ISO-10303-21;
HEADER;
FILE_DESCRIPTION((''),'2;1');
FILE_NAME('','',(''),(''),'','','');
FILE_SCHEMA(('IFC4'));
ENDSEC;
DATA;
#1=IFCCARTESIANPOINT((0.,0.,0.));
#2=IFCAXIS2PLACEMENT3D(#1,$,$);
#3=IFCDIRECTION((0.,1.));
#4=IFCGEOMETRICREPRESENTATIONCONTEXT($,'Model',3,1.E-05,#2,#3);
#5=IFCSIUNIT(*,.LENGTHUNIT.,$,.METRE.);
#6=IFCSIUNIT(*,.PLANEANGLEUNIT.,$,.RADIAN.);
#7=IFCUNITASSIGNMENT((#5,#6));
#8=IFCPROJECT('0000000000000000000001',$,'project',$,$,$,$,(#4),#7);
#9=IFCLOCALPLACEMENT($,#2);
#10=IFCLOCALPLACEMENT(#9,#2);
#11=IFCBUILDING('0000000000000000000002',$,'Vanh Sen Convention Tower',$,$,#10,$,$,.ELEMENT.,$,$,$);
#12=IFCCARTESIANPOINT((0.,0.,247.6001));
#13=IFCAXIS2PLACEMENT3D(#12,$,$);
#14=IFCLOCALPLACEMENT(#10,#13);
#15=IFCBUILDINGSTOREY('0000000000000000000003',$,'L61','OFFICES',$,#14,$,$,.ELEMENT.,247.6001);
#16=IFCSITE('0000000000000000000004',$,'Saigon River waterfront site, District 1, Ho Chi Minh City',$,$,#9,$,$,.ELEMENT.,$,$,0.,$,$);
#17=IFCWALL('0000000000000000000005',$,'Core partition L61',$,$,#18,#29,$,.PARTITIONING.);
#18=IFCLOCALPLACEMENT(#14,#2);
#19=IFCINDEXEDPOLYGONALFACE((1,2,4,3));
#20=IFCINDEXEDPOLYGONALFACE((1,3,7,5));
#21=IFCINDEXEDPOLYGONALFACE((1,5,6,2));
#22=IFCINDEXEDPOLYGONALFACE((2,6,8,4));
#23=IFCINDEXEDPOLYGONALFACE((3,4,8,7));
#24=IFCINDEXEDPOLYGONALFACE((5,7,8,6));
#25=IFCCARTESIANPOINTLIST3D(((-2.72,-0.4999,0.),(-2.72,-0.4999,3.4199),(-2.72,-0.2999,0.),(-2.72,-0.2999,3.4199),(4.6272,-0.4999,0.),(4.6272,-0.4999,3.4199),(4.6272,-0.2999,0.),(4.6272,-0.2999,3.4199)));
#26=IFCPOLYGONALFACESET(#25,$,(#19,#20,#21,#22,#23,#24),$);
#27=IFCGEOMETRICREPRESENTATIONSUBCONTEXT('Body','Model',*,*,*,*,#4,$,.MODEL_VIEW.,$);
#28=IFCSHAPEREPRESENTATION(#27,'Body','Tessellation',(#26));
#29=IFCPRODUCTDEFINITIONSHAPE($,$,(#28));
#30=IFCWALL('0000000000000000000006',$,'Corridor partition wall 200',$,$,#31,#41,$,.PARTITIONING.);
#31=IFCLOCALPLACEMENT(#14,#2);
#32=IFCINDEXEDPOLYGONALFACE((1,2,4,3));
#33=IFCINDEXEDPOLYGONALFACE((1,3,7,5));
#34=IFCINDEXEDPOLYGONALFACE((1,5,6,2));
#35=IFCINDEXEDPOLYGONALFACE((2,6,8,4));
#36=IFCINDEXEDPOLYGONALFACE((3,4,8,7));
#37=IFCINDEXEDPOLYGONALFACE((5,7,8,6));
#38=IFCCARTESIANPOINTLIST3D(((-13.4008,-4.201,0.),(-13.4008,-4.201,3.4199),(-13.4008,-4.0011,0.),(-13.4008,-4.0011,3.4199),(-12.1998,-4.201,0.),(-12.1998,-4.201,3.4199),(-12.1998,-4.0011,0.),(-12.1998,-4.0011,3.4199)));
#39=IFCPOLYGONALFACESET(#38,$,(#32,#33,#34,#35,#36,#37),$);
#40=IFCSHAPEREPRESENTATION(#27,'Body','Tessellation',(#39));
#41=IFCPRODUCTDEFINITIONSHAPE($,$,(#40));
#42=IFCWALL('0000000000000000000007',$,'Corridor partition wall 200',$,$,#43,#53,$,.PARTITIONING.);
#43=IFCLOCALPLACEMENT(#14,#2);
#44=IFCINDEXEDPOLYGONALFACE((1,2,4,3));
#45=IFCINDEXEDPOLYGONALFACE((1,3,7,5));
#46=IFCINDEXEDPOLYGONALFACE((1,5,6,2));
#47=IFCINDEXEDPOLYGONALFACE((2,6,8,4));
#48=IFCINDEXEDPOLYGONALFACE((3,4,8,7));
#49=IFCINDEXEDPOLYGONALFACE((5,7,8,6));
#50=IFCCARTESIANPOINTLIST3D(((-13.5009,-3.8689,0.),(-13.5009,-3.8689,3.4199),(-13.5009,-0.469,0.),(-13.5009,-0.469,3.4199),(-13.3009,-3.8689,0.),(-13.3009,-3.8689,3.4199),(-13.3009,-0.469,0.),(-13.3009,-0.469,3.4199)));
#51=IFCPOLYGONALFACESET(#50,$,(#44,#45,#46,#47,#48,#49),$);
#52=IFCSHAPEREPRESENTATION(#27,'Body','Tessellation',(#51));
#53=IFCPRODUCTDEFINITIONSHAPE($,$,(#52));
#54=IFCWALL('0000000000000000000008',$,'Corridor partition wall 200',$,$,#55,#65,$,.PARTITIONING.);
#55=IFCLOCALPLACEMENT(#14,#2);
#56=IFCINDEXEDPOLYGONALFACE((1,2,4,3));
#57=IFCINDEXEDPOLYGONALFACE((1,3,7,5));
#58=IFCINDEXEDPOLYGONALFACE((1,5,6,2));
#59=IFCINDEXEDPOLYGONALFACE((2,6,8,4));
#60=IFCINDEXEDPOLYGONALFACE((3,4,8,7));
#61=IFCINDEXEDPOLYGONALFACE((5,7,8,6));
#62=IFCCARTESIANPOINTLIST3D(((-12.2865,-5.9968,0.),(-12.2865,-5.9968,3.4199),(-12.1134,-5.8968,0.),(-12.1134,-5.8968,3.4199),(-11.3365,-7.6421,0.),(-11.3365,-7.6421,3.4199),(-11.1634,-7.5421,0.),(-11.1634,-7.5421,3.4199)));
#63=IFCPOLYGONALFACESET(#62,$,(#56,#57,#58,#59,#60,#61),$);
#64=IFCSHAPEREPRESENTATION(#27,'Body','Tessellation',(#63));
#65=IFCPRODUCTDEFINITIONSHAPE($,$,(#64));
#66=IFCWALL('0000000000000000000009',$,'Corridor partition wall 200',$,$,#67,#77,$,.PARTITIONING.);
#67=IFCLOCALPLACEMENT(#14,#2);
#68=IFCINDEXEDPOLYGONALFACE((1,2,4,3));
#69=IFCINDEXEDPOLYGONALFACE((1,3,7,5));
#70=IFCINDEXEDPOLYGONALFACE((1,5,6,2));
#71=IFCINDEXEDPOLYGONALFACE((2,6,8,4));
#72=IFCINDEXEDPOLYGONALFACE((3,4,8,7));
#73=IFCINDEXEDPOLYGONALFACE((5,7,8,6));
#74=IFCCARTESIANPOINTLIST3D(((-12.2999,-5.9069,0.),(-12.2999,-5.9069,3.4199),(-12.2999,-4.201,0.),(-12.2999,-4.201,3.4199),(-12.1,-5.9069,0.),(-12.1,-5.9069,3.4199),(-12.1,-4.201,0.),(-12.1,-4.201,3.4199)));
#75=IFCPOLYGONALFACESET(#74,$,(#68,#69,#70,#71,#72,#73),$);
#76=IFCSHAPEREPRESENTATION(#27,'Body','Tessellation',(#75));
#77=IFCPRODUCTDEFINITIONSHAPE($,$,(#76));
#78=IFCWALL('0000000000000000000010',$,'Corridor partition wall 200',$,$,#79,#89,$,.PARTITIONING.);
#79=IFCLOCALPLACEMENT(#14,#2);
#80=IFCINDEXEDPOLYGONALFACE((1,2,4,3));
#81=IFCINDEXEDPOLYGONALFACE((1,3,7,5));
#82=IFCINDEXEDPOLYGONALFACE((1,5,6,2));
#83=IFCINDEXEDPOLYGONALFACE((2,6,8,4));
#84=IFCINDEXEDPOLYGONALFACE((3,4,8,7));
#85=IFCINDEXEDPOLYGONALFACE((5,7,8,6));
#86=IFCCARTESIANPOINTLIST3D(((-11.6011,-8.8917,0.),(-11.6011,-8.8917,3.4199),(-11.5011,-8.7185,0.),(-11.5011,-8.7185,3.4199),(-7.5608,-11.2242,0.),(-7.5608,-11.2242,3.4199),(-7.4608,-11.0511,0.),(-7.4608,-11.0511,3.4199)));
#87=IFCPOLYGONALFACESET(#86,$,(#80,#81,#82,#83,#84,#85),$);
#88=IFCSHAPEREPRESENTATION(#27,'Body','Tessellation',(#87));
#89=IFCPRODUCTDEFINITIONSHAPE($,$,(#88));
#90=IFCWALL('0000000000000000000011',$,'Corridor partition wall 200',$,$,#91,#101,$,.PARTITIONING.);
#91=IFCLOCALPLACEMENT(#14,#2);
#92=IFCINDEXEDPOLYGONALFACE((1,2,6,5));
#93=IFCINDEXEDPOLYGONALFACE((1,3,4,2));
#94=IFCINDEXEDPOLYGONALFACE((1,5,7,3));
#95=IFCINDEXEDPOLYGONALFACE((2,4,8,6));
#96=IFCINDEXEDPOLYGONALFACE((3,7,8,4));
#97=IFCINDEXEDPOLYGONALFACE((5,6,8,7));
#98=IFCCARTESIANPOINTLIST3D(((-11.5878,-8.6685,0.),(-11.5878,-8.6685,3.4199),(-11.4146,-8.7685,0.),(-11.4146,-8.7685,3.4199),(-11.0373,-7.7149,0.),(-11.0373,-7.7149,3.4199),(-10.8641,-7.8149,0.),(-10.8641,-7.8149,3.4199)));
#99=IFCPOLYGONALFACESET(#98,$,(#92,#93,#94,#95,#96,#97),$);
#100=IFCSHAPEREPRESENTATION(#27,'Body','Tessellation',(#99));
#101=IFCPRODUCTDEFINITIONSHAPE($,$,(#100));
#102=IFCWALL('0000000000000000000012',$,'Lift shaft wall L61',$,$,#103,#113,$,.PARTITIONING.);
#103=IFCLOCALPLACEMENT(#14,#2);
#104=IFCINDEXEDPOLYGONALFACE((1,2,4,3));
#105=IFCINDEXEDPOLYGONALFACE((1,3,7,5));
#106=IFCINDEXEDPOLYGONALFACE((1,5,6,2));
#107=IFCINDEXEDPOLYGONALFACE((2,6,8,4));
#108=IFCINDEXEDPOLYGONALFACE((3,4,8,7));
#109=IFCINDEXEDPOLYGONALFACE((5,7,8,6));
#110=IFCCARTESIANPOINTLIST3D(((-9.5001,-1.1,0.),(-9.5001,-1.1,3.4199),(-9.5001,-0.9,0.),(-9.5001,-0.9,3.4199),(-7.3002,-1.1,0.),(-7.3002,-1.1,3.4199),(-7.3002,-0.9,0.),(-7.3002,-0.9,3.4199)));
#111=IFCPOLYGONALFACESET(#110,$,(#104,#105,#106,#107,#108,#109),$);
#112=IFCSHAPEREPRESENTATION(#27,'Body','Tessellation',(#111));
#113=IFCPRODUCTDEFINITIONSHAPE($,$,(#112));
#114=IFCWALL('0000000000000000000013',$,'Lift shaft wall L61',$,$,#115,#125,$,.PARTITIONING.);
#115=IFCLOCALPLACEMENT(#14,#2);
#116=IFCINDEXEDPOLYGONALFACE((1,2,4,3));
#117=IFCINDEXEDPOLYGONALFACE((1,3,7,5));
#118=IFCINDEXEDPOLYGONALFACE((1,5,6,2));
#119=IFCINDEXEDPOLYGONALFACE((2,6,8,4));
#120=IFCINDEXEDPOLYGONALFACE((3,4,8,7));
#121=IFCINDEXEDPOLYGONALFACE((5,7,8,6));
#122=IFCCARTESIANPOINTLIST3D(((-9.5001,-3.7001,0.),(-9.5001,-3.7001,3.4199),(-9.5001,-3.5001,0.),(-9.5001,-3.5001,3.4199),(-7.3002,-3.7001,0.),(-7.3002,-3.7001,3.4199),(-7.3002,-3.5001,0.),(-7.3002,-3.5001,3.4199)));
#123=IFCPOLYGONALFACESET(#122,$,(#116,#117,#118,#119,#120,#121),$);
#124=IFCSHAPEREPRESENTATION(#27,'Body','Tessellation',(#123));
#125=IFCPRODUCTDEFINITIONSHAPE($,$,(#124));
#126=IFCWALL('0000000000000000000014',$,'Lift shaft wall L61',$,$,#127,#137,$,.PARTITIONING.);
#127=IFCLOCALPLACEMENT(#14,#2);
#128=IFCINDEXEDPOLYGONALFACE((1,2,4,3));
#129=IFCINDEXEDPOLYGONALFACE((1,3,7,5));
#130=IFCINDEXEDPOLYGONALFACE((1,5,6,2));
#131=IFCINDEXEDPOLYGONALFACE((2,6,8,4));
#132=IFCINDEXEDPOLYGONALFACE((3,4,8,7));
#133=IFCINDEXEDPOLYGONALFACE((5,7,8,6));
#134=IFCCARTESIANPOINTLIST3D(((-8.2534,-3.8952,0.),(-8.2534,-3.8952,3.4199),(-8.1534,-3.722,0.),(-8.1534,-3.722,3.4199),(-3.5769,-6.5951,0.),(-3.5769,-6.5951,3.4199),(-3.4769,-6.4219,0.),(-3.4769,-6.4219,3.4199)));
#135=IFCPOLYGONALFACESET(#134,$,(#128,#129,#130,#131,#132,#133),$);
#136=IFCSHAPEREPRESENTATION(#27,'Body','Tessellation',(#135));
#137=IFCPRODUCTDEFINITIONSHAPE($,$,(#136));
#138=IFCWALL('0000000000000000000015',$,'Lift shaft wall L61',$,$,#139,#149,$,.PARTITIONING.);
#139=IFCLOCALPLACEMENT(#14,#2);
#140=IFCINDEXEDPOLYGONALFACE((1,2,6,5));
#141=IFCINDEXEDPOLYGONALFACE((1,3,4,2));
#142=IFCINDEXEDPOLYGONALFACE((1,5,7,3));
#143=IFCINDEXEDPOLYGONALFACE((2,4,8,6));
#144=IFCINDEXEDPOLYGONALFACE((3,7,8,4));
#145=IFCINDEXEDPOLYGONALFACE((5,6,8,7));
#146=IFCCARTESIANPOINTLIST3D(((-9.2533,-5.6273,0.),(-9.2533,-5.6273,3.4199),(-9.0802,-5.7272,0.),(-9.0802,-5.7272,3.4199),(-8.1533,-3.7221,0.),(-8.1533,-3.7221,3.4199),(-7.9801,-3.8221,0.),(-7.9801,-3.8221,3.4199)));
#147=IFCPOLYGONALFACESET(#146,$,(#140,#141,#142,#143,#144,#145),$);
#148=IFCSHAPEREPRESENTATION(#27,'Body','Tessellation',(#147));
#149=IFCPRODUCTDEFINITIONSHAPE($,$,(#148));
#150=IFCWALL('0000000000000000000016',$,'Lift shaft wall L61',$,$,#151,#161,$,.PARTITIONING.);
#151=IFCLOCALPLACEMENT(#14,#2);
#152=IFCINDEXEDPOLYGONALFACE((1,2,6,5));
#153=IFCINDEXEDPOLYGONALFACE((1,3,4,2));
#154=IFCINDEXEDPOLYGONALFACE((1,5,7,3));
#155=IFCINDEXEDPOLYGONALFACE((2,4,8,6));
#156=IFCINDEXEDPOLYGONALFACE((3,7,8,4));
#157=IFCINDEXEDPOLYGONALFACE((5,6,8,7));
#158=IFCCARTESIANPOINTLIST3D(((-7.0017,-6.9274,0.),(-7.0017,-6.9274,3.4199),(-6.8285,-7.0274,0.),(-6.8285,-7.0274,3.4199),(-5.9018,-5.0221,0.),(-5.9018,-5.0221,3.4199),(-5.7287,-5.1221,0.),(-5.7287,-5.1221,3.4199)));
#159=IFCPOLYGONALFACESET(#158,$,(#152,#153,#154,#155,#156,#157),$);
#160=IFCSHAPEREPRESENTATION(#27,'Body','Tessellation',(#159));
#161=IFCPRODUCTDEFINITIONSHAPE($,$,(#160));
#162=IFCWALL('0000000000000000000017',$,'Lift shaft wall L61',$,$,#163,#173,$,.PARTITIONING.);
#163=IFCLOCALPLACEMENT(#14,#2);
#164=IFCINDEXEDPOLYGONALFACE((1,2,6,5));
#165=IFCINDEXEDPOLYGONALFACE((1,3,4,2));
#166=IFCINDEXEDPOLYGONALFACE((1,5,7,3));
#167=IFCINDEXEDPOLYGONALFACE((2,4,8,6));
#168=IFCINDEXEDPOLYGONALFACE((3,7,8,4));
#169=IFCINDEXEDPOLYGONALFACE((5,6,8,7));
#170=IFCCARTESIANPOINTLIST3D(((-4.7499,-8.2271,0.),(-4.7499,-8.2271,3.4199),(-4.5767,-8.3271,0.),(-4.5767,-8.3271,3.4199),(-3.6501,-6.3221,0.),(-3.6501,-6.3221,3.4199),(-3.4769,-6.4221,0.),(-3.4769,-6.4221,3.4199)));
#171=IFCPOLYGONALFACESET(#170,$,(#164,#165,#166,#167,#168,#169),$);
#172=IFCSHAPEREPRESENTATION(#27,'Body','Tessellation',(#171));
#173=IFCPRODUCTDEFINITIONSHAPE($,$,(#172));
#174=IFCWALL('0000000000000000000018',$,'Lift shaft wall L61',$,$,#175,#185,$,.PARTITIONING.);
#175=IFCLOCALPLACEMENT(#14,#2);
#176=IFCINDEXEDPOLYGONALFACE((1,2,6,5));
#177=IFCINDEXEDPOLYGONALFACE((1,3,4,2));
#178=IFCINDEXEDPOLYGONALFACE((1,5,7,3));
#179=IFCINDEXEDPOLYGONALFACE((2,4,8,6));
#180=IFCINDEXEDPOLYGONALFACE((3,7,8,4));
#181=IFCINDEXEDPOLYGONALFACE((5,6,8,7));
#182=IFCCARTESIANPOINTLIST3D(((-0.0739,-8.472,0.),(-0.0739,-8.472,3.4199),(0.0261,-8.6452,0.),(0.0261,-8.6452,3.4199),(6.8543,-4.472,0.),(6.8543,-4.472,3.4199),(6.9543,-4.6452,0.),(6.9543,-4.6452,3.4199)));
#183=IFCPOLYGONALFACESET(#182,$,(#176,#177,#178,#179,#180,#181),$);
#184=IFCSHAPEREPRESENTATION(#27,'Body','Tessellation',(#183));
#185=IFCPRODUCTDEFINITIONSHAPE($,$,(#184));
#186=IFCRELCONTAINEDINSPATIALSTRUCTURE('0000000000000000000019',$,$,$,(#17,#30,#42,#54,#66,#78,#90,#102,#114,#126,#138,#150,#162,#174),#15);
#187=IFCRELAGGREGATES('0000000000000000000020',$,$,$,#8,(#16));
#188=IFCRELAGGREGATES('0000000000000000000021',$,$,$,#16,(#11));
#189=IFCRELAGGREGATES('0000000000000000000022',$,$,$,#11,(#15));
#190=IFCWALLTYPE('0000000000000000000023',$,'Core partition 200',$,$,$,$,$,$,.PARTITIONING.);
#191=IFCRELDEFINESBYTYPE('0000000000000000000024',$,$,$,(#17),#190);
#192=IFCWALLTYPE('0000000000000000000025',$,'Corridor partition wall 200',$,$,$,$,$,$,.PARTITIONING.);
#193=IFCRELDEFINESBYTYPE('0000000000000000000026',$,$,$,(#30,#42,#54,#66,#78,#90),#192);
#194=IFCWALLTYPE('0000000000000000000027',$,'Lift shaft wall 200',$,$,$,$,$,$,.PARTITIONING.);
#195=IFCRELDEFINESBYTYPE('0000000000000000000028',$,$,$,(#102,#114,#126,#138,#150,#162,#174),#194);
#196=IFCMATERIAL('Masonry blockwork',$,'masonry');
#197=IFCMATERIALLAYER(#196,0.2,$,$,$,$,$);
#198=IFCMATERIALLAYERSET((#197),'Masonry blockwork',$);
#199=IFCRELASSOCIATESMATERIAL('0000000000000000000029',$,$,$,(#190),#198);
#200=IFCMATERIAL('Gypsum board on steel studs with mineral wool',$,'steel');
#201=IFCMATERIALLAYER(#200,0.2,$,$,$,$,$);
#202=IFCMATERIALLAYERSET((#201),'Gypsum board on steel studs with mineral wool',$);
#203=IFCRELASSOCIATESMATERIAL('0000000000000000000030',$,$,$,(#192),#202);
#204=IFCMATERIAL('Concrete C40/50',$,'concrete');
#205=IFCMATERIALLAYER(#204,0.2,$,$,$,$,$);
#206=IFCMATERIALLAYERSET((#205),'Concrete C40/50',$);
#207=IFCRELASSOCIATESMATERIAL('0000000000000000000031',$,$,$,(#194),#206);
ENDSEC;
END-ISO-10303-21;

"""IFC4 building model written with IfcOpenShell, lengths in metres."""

from ifc_helpers import new_model, si_unit, direction, frame, frame_2d, origin, place, context, subcontext, project, spatial, rectangle, extrude, material, layer, layer_set, type_object, element, save


model = new_model("IFC4")

# Units and contexts
model_context = context("Model", 3, precision=1e-05, world=origin(), true_north=direction((0.0, 1.0)))
body_context = subcontext(model_context, "Body", "Model", "MODEL_VIEW")
ifc_project = project(units=[si_unit("LENGTHUNIT", "METRE"), si_unit("PLANEANGLEUNIT", "RADIAN")], contexts=[model_context])

# Site, building, storey
site_placement = place(None, origin())
site = spatial("IfcSite", under=ifc_project, at=site_placement, Name="Saigon River waterfront site, District 1, Ho Chi Minh City", CompositionType="ELEMENT", RefElevation=0.0)
building_placement = place(site_placement, origin())
building = spatial("IfcBuilding", under=site, at=building_placement, Name="Vanh Sen Convention Tower", CompositionType="ELEMENT")
storey_placement = place(building_placement, frame((0.0, 0.0, 247.6001)))
storey = spatial("IfcBuildingStorey", under=building, at=storey_placement, Name="L61", Description="OFFICES", CompositionType="ELEMENT", Elevation=247.6001)

# Shared definitions
ifc_material_1 = material(Name="Concrete C40/50", Category="concrete")

# Walls
ifc_material_2 = material(Name="Masonry blockwork", Category="masonry")
ifc_layer_1 = layer(ifc_material_2, 0.2)
ifc_layer_set_1 = layer_set([ifc_layer_1], Name="Masonry blockwork")
wall_type_1 = type_object("IfcWallType", Name="Core partition 200", PredefinedType="PARTITIONING", material=ifc_layer_set_1)
wall_1_placement = place(storey_placement, frame((-2.72, -0.3999, 0.0), z_axis=(0.0, 0.0, 1.0), x_axis=(1.0, 0.0, 0.0)))
element("IfcWall", 1, at=wall_1_placement, inside=storey, type_object=wall_type_1, Name="Core partition L61", PredefinedType="PARTITIONING", context=body_context, shape_type="SweptSolid", body=[
    extrude(rectangle(XDim=7.3472, YDim=0.2, at=frame_2d((3.6736, 0.0))), origin(), (0.0, 0.0, 1.0), 3.4199),
])
ifc_material_3 = material(Name="Gypsum board on steel studs with mineral wool", Category="steel")
ifc_layer_2 = layer(ifc_material_3, 0.2)
ifc_layer_set_2 = layer_set([ifc_layer_2], Name="Gypsum board on steel studs with mineral wool")
wall_type_2 = type_object("IfcWallType", Name="Corridor partition wall 200", PredefinedType="PARTITIONING", material=ifc_layer_set_2)
wall_2_placement = place(storey_placement, frame((-13.4009, -4.1011, 0.0), z_axis=(0.0, 0.0, 1.0), x_axis=(1.0, 0.0, 0.0)))
element("IfcWall", 2, at=wall_2_placement, inside=storey, type_object=wall_type_2, Name="Corridor partition wall 200", PredefinedType="PARTITIONING", context=body_context, shape_type="SweptSolid", body=[
    extrude(rectangle(XDim=1.2009, YDim=0.2, at=frame_2d((0.6006, 0.0))), origin(), (0.0, 0.0, 1.0), 3.4199),
])
wall_3_placement = place(storey_placement, frame((-13.4009, -0.469, 0.0), z_axis=(0.0, 0.0, 1.0), x_axis=(0.0, -1.0, 0.0)))
element("IfcWall", 3, at=wall_3_placement, inside=storey, type_object=wall_type_2, Name="Corridor partition wall 200", PredefinedType="PARTITIONING", context=body_context, shape_type="SweptSolid", body=[
    extrude(rectangle(XDim=3.3999, YDim=0.2, at=frame_2d((1.7, 0.0))), origin(), (0.0, 0.0, 1.0), 3.4199),
])
wall_4_placement = place(storey_placement, frame((-12.2, -5.9468, 0.0), z_axis=(0.0, 0.0, 1.0), x_axis=(0.500023, -0.866012, 0.0)))
element("IfcWall", 4, at=wall_4_placement, inside=storey, type_object=wall_type_2, Name="Corridor partition wall 200", PredefinedType="PARTITIONING", context=body_context, shape_type="SweptSolid", body=[
    extrude(rectangle(XDim=1.8999, YDim=0.2, at=frame_2d((0.95, 0.0))), origin(), (0.0, 0.0, 1.0), 3.4199),
])
wall_5_placement = place(storey_placement, frame((-12.2, -4.2009, 0.0), z_axis=(0.0, 0.0, 1.0), x_axis=(0.0, -1.0, 0.0)))
element("IfcWall", 5, at=wall_5_placement, inside=storey, type_object=wall_type_2, Name="Corridor partition wall 200", PredefinedType="PARTITIONING", context=body_context, shape_type="SweptSolid", body=[
    extrude(rectangle(XDim=1.7058, YDim=0.2, at=frame_2d((0.853, 0.0))), origin(), (0.0, 0.0, 1.0), 3.4199),
])
wall_6_placement = place(storey_placement, frame((-11.551, -8.8052, 0.0), z_axis=(0.0, 0.0, 1.0), x_axis=(0.866038, -0.499978, 0.0)))
element("IfcWall", 6, at=wall_6_placement, inside=storey, type_object=wall_type_2, Name="Corridor partition wall 200", PredefinedType="PARTITIONING", context=body_context, shape_type="SweptSolid", body=[
    extrude(rectangle(XDim=4.6653, YDim=0.2, at=frame_2d((2.3325, 0.0))), origin(), (0.0, 0.0, 1.0), 3.4199),
])
wall_7_placement = place(storey_placement, frame((-10.9507, -7.7649, 0.0), z_axis=(0.0, 0.0, 1.0), x_axis=(-0.499978, -0.866038, 0.0)))
element("IfcWall", 7, at=wall_7_placement, inside=storey, type_object=wall_type_2, Name="Corridor partition wall 200", PredefinedType="PARTITIONING", context=body_context, shape_type="SweptSolid", body=[
    extrude(rectangle(XDim=1.1011, YDim=0.2, at=frame_2d((0.5505, 0.0))), origin(), (0.0, 0.0, 1.0), 3.4199),
])
ifc_layer_3 = layer(ifc_material_1, 0.2)
ifc_layer_set_3 = layer_set([ifc_layer_3], Name="Concrete C40/50")
wall_type_3 = type_object("IfcWallType", Name="Lift shaft wall 200", PredefinedType="PARTITIONING", material=ifc_layer_set_3)
for number, where, z_axis, x_axis, name in (
    (8, (-7.3, -1.0, 0.0), (0.0, 0.0, 1.0), (-1.0, 0.0, 0.0), "Lift shaft wall L61"),
    (9, (-7.3, -3.6001, 0.0), (0.0, 0.0, 1.0), (-1.0, 0.0, 0.0), "Lift shaft wall L61"),
):
    element("IfcWall", number, at=place(storey_placement, frame(where, z_axis=z_axis, x_axis=x_axis)), inside=storey, type_object=wall_type_3, Name=name, PredefinedType="PARTITIONING", context=body_context, shape_type="SweptSolid", body=[
        extrude(rectangle(XDim=2.2, YDim=0.2, at=frame_2d((1.1001, 0.0))), origin(), (0.0, 0.0, 1.0), 3.4199),
    ])
wall_8_placement = place(storey_placement, frame((-8.2034, -3.8086, 0.0), z_axis=(0.0, 0.0, 1.0), x_axis=(0.866028, -0.499995, 0.0)))
element("IfcWall", 10, at=wall_8_placement, inside=storey, type_object=wall_type_3, Name="Lift shaft wall L61", PredefinedType="PARTITIONING", context=body_context, shape_type="SweptSolid", body=[
    extrude(rectangle(XDim=5.3999, YDim=0.2, at=frame_2d((2.7, 0.0))), origin(), (0.0, 0.0, 1.0), 3.4199),
])
for number, where, z_axis, x_axis, name in (
    (11, (-8.0667, -3.772, 0.0), (0.0, 0.0, 1.0), (-0.50003, -0.866008, 0.0), "Lift shaft wall L61"),
    (12, (-5.8152, -5.072, 0.0), (0.0, 0.0, 1.0), (-0.499947, -0.866056, 0.0), "Lift shaft wall L61"),
):
    element("IfcWall", number, at=place(storey_placement, frame(where, z_axis=z_axis, x_axis=x_axis)), inside=storey, type_object=wall_type_3, Name=name, PredefinedType="PARTITIONING", context=body_context, shape_type="SweptSolid", body=[
        extrude(rectangle(XDim=2.2, YDim=0.2, at=frame_2d((1.1001, 0.0))), origin(), (0.0, 0.0, 1.0), 3.4199),
    ])
wall_9_placement = place(storey_placement, frame((-3.5635, -6.3721, 0.0), z_axis=(0.0, 0.0, 1.0), x_axis=(-0.499995, -0.866028, 0.0)))
element("IfcWall", 13, at=wall_9_placement, inside=storey, type_object=wall_type_3, Name="Lift shaft wall L61", PredefinedType="PARTITIONING", context=body_context, shape_type="SweptSolid", body=[
    extrude(rectangle(XDim=2.1997, YDim=0.2, at=frame_2d((1.0999, 0.0))), origin(), (0.0, 0.0, 1.0), 3.4199),
])
wall_10_placement = place(storey_placement, frame((-0.0239, -8.5586, 0.0), z_axis=(0.0, 0.0, 1.0), x_axis=(0.866026, 0.499999, 0.0)))
element("IfcWall", 14, at=wall_10_placement, inside=storey, type_object=wall_type_3, Name="Lift shaft wall L61", PredefinedType="PARTITIONING", context=body_context, shape_type="SweptSolid", body=[
    extrude(rectangle(XDim=8.0, YDim=0.2, at=frame_2d((4.0, 0.0))), origin(), (0.0, 0.0, 1.0), 3.4199),
])

save(model, "model.ifc")
